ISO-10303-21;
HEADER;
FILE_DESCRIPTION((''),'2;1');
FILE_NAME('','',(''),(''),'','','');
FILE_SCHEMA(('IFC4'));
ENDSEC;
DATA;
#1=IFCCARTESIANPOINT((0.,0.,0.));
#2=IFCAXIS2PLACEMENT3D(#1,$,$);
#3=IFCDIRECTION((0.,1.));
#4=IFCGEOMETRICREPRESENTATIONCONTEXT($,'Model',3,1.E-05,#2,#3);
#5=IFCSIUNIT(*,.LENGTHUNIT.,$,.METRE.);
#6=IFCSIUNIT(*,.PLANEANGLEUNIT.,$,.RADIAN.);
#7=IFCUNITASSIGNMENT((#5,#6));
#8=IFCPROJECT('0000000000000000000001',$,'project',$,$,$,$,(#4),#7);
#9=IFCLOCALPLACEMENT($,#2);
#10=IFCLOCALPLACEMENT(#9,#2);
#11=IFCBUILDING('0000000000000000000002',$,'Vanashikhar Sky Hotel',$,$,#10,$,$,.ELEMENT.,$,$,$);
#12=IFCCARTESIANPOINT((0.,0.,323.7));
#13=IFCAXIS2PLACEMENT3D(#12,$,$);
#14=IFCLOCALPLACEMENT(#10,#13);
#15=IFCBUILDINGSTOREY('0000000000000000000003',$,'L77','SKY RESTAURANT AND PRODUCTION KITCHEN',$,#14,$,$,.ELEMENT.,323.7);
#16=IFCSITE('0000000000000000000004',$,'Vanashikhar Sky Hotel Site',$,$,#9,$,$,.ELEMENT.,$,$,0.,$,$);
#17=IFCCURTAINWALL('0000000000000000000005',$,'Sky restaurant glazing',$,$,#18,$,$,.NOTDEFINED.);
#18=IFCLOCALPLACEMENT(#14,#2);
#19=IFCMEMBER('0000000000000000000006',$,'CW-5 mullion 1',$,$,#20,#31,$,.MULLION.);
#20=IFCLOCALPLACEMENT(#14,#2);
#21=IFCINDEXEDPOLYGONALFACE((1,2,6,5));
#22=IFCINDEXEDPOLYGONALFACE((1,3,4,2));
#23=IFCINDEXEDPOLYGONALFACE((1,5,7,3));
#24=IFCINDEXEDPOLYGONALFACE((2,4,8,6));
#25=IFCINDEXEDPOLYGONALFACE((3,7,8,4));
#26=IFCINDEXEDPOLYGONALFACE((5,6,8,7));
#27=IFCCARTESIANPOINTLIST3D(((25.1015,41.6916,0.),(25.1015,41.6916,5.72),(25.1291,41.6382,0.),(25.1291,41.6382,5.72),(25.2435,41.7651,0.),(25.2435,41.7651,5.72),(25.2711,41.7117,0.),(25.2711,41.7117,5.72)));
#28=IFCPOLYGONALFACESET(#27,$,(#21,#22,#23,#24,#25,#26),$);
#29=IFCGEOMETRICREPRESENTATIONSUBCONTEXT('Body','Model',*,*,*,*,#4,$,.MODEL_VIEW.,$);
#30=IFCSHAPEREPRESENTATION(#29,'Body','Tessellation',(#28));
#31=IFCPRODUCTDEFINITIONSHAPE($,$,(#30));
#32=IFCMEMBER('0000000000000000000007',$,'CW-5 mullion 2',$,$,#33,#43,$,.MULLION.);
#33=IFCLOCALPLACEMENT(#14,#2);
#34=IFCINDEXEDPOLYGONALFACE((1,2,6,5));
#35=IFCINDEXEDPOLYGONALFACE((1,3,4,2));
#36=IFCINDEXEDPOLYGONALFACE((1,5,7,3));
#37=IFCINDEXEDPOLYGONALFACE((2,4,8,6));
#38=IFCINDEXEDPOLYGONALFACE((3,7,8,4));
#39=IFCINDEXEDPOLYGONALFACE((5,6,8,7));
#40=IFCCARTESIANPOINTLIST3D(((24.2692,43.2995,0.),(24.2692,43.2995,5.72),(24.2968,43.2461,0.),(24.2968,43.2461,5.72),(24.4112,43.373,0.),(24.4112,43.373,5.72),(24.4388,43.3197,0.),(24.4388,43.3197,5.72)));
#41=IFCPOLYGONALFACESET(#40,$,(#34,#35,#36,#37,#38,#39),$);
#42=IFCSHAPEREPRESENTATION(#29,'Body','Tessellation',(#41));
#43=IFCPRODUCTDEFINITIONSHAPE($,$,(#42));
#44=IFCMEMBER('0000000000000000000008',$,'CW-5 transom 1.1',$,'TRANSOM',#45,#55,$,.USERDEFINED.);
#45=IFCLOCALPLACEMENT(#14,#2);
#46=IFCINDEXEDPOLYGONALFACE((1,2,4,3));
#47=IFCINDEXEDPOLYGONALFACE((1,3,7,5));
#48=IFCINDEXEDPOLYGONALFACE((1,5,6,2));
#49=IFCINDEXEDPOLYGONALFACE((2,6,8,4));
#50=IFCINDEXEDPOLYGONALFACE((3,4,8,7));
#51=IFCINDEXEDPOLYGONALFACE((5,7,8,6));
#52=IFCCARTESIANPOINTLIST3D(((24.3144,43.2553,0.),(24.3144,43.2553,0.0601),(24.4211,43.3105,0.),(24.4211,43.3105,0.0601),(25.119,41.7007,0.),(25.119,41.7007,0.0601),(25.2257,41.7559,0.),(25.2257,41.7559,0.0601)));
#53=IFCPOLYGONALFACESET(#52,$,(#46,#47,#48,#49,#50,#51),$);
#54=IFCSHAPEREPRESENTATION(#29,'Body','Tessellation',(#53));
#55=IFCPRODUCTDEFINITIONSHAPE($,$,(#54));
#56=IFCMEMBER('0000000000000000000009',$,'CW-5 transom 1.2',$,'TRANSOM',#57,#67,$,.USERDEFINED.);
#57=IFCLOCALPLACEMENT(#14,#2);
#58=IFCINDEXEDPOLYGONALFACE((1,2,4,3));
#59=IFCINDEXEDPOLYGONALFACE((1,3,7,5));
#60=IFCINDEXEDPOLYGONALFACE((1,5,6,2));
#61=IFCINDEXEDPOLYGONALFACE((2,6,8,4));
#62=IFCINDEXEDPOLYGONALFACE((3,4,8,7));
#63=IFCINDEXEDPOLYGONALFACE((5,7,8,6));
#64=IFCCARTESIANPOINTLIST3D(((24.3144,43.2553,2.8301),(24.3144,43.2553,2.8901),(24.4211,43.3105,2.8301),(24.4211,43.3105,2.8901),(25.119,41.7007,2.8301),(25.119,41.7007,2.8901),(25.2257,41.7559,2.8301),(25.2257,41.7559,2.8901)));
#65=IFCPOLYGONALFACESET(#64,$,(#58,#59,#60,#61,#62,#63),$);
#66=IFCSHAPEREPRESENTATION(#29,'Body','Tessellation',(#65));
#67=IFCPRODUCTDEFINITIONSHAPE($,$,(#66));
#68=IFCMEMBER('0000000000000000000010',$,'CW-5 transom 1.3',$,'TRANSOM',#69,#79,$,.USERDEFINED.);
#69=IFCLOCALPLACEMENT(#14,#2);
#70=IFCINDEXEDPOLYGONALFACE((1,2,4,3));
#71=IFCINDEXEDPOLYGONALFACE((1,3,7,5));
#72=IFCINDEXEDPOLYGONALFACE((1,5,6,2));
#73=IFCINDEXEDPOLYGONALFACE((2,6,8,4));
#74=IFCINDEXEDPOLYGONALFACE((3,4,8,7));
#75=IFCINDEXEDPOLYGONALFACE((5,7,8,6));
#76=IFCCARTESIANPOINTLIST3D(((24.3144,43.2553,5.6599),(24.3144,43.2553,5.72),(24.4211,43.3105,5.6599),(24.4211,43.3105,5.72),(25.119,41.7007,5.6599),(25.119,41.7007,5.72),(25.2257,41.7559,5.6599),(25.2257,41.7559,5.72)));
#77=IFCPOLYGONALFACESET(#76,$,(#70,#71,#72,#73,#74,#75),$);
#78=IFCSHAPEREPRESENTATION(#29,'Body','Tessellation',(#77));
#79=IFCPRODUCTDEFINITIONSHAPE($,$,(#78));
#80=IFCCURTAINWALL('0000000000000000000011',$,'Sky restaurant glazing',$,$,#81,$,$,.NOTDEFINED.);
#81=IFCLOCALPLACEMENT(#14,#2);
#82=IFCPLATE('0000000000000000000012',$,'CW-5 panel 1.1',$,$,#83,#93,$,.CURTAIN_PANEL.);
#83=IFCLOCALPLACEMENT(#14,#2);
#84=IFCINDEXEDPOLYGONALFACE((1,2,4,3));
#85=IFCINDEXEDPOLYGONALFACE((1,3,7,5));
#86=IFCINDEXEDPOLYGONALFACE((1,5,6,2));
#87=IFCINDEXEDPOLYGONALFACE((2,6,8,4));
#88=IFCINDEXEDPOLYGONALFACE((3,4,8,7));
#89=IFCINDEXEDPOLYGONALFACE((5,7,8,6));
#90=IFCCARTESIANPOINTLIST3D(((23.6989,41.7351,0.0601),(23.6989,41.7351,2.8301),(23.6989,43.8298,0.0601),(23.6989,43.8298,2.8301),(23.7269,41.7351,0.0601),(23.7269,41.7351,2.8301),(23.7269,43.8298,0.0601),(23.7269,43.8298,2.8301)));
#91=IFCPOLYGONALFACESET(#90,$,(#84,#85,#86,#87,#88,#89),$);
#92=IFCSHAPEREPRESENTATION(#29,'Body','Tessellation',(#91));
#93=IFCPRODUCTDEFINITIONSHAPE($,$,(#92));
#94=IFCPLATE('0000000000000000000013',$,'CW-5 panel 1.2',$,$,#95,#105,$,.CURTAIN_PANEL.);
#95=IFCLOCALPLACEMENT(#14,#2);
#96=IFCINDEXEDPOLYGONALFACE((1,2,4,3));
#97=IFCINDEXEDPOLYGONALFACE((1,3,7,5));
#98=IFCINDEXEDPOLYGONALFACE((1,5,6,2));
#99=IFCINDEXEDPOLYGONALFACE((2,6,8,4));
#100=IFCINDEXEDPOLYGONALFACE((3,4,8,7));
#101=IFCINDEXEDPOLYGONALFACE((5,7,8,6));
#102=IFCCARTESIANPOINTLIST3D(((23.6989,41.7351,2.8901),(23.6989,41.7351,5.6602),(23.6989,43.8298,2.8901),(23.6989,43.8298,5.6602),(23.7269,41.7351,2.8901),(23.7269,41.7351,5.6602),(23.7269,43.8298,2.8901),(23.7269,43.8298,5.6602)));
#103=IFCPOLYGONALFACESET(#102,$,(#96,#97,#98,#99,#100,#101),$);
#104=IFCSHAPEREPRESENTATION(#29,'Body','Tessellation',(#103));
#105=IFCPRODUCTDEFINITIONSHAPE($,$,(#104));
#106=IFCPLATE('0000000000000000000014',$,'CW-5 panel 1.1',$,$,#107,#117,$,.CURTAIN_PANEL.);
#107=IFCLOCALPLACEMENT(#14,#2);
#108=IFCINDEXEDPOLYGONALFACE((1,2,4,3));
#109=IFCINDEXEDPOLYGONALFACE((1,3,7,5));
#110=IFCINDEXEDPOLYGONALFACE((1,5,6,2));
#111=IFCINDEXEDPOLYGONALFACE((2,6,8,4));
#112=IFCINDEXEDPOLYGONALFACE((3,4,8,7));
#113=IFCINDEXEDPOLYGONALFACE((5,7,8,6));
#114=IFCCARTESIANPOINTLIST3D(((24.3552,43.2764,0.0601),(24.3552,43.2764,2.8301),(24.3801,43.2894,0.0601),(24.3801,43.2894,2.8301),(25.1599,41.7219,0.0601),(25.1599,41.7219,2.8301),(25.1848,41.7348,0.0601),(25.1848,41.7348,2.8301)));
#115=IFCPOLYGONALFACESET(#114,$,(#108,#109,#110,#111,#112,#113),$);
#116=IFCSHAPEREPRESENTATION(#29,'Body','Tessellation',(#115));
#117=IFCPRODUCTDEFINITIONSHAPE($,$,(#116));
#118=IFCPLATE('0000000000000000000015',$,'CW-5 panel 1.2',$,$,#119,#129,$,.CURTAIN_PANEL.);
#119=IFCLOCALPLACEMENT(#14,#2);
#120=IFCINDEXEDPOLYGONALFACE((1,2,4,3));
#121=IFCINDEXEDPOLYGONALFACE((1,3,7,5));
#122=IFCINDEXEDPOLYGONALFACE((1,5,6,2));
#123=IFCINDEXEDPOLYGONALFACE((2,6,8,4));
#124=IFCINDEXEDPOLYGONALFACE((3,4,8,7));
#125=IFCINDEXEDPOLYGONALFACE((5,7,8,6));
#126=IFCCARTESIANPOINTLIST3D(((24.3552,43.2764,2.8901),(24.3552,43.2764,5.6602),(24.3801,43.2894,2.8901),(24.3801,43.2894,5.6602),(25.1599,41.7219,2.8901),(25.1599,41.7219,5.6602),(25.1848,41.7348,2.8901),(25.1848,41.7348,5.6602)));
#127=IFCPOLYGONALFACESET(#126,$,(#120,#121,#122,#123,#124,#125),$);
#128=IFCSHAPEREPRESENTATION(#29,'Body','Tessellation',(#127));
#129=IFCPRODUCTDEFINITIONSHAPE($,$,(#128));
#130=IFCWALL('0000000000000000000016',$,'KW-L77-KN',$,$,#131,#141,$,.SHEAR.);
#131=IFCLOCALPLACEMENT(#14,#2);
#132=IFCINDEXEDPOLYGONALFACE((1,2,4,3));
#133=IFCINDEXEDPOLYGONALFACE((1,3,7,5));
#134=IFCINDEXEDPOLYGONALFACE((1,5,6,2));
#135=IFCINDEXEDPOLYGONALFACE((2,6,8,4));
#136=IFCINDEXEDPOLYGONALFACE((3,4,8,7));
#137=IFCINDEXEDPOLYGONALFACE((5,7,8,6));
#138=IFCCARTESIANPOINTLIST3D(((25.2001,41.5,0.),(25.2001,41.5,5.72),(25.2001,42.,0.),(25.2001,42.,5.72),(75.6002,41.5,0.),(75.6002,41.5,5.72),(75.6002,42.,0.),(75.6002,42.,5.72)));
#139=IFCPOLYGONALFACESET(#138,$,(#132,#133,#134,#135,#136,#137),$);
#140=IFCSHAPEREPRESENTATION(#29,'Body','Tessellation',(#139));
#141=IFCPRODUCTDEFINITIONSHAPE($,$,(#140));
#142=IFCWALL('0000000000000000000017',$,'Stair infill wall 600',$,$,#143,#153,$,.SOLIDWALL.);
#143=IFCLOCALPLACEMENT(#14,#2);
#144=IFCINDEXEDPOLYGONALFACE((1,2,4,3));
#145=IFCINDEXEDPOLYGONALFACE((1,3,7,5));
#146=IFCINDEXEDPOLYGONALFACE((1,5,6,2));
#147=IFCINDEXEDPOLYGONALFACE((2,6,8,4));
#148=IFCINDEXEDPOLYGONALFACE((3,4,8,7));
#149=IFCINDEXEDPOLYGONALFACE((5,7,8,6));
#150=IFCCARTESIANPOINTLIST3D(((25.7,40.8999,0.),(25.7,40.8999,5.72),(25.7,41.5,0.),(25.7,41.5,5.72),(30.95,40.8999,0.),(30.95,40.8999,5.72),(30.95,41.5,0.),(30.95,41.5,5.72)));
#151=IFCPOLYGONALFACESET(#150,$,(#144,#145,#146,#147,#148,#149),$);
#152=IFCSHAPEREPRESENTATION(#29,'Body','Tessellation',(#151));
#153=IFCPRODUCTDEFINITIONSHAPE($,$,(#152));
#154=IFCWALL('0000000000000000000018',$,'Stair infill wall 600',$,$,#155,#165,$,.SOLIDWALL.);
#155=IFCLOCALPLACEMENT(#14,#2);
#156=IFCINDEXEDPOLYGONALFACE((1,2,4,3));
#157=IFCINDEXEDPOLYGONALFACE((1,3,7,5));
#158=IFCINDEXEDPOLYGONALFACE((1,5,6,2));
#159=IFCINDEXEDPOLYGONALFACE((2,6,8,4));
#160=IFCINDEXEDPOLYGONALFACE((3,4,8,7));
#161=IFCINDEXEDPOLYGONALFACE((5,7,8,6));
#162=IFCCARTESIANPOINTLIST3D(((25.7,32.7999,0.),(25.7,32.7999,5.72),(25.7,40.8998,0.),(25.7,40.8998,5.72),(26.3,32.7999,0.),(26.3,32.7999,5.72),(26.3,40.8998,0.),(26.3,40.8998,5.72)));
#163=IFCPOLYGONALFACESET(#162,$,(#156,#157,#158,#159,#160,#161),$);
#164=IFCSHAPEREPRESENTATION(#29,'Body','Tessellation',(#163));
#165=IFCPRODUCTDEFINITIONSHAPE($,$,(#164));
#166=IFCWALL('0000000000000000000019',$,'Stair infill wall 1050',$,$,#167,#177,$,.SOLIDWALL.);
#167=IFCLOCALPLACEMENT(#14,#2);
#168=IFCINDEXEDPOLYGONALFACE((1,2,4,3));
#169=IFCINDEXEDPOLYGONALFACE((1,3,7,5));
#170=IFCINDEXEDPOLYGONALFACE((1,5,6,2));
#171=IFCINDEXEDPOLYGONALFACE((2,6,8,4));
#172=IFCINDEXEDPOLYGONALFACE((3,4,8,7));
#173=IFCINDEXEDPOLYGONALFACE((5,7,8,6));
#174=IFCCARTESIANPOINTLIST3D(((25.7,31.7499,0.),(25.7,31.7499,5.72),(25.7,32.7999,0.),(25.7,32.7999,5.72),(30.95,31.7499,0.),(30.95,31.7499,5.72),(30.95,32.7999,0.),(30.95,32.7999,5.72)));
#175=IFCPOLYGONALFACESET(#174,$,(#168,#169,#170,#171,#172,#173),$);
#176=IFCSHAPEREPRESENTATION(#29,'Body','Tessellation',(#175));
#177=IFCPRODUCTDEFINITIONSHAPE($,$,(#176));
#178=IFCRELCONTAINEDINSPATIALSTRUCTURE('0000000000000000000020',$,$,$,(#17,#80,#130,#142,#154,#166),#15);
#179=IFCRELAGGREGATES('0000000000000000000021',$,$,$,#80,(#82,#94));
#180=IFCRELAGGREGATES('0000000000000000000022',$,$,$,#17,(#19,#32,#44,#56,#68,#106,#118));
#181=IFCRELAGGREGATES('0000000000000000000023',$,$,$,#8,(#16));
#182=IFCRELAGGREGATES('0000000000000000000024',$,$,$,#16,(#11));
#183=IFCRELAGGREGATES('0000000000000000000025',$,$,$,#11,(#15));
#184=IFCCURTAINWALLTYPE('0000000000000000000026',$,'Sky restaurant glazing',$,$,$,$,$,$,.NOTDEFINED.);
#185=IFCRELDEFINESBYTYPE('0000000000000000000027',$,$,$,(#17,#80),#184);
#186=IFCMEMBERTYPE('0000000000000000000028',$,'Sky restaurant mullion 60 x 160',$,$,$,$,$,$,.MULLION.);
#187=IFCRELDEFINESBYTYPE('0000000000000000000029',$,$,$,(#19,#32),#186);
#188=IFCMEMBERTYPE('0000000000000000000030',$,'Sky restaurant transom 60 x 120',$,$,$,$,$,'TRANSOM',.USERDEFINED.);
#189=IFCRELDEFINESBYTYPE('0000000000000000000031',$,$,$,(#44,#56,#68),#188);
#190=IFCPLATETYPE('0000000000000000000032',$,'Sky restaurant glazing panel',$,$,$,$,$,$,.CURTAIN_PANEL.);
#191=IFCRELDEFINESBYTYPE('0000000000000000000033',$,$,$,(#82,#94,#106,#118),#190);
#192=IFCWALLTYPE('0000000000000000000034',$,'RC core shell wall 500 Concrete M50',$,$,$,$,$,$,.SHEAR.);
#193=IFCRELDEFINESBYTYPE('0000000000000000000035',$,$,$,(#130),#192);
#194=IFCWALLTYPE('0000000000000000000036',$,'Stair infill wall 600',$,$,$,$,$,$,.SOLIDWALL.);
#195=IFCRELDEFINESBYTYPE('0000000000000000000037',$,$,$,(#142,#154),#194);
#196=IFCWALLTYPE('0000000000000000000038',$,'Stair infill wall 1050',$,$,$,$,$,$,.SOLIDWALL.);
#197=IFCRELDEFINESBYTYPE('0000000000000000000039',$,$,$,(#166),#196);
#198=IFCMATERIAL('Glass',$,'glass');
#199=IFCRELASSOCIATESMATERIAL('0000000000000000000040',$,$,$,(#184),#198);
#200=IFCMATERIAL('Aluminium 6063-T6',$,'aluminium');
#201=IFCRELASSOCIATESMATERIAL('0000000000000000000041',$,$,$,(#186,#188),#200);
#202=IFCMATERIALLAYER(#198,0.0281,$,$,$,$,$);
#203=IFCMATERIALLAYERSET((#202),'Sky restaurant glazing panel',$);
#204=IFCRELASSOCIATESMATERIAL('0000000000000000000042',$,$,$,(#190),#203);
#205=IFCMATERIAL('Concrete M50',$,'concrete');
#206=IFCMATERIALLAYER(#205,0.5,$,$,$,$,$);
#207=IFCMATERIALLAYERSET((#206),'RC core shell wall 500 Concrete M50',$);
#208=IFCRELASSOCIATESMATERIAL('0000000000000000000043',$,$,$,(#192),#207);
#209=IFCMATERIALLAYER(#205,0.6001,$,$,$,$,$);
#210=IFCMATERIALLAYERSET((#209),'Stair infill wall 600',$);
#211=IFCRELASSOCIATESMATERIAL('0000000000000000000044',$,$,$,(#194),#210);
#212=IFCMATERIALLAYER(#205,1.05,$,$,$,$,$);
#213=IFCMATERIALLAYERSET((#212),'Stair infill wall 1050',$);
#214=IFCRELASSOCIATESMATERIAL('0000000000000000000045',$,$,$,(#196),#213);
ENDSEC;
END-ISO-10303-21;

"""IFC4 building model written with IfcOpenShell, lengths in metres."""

from ifc_helpers import new_model, si_unit, direction, frame, frame_2d, origin, origin_2d, place, context, subcontext, project, spatial, rectangle, extrude, source, transform, mapped, material, layer, layer_set, material_profile, profile_set, type_object, element, aggregate, save


model = new_model("IFC4")

# Units and contexts
model_context = context("Model", 3, precision=1e-05, world=origin(), true_north=direction((0.0, 1.0)))
body_context = subcontext(model_context, "Body", "Model", "MODEL_VIEW")
ifc_project = project(units=[si_unit("LENGTHUNIT", "METRE"), si_unit("PLANEANGLEUNIT", "RADIAN")], contexts=[model_context])

# Site, building, storey
site_placement = place(None, origin())
site = spatial("IfcSite", under=ifc_project, at=site_placement, Name="Vanashikhar Sky Hotel Site", CompositionType="ELEMENT", RefElevation=0.0)
building_placement = place(site_placement, origin())
building = spatial("IfcBuilding", under=site, at=building_placement, Name="Vanashikhar Sky Hotel", CompositionType="ELEMENT")
storey_placement = place(building_placement, frame((0.0, 0.0, 323.7)))
storey = spatial("IfcBuildingStorey", under=building, at=storey_placement, Name="L77", Description="SKY RESTAURANT AND PRODUCTION KITCHEN", CompositionType="ELEMENT", Elevation=323.7)

# Curtain wall, members
ifc_material_1 = material(Name="Glass", Category="glass")
curtain_wall_type = type_object("IfcCurtainWallType", Name="Sky restaurant glazing", PredefinedType="NOTDEFINED", material=ifc_material_1)
curtain_wall_1_placement = place(storey_placement, origin())
curtain_wall_1 = element("IfcCurtainWall", 1, at=curtain_wall_1_placement, inside=storey, type_object=curtain_wall_type, Name="Sky restaurant glazing", PredefinedType="NOTDEFINED")
ifc_material_2 = material(Name="Aluminium 6063-T6", Category="aluminium")
ifc_material_profile_1 = material_profile(ifc_material_2, rectangle(XDim=0.1599, YDim=0.0601, at=origin_2d()))
ifc_profile_set_1 = profile_set([ifc_material_profile_1], Name="Aluminium 6063-T6")
member_type_1 = type_object("IfcMemberType", Name="Sky restaurant mullion 60 x 160", PredefinedType="MULLION", material=ifc_profile_set_1)
shared_shape_1 = source(origin(), body_context, "Body", "SweptSolid", [
    extrude(rectangle(XDim=0.1599, YDim=0.0601, at=origin_2d()), origin(), (0.0, 0.0, 1.0), 5.72),
])
member_1_placement = place(storey_placement, frame((25.1863, 41.7017, 0.0), z_axis=(0.0, 0.0, 1.0), x_axis=(-0.888074, -0.459701, 0.0)))
member_1 = element("IfcMember", 2, at=member_1_placement, type_object=member_type_1, Name="CW-5 mullion 1", PredefinedType="MULLION", context=body_context, shape_type="MappedRepresentation", body=[
    mapped(shared_shape_1, transform((0.0, 0.0, 0.0), scale=1.0)),
])
member_2_placement = place(storey_placement, frame((24.354, 43.3096, 0.0), z_axis=(0.0, 0.0, 1.0), x_axis=(-0.888074, -0.459701, 0.0)))
member_2 = element("IfcMember", 3, at=member_2_placement, type_object=member_type_1, Name="CW-5 mullion 2", PredefinedType="MULLION", context=body_context, shape_type="MappedRepresentation", body=[
    mapped(shared_shape_1, transform((0.0, 0.0, 0.0), scale=1.0)),
])
ifc_material_profile_2 = material_profile(ifc_material_2, rectangle(XDim=0.1201, YDim=0.0601, at=origin_2d()))
ifc_profile_set_2 = profile_set([ifc_material_profile_2], Name="Aluminium 6063-T6")
member_type_2 = type_object("IfcMemberType", Name="Sky restaurant transom 60 x 120", ElementType="TRANSOM", PredefinedType="USERDEFINED", material=ifc_profile_set_2)
shared_shape_2 = source(origin(), body_context, "Body", "SweptSolid", [
    extrude(rectangle(XDim=0.1201, YDim=0.0601, at=origin_2d()), origin(), (0.0, 0.0, 1.0), 1.7505),
])
member_3_placement = place(storey_placement, frame((25.1724, 41.7283, 0.03), z_axis=(-0.459666, 0.888092, 0.0), x_axis=(-0.888092, -0.459666, 0.0)))
member_3 = element("IfcMember", 4, at=member_3_placement, type_object=member_type_2, Name="CW-5 transom 1.1", ObjectType="TRANSOM", PredefinedType="USERDEFINED", context=body_context, shape_type="MappedRepresentation", body=[
    mapped(shared_shape_2, transform((0.0, 0.0, 0.0), scale=1.0)),
])
member_4_placement = place(storey_placement, frame((25.1724, 41.7283, 2.8601), z_axis=(-0.459666, 0.888092, 0.0), x_axis=(-0.888092, -0.459666, 0.0)))
member_4 = element("IfcMember", 5, at=member_4_placement, type_object=member_type_2, Name="CW-5 transom 1.2", ObjectType="TRANSOM", PredefinedType="USERDEFINED", context=body_context, shape_type="MappedRepresentation", body=[
    mapped(shared_shape_2, transform((0.0, 0.0, 0.0), scale=1.0)),
])
member_5_placement = place(storey_placement, frame((25.1724, 41.7283, 5.6899), z_axis=(-0.459666, 0.888092, 0.0), x_axis=(-0.888092, -0.459666, 0.0)))
member_5 = element("IfcMember", 6, at=member_5_placement, type_object=member_type_2, Name="CW-5 transom 1.3", ObjectType="TRANSOM", PredefinedType="USERDEFINED", context=body_context, shape_type="MappedRepresentation", body=[
    mapped(shared_shape_2, transform((0.0, 0.0, 0.0), scale=1.0)),
])

# Curtain wall, plates
curtain_wall_2_placement = place(storey_placement, origin())
curtain_wall_2 = element("IfcCurtainWall", 7, at=curtain_wall_2_placement, inside=storey, type_object=curtain_wall_type, Name="Sky restaurant glazing", PredefinedType="NOTDEFINED")
ifc_layer_1 = layer(ifc_material_1, 0.0281)
ifc_layer_set_1 = layer_set([ifc_layer_1], Name="Sky restaurant glazing panel")
plate_type = type_object("IfcPlateType", Name="Sky restaurant glazing panel", PredefinedType="CURTAIN_PANEL", material=ifc_layer_set_1)
shared_shape_3 = source(origin(), body_context, "Body", "SweptSolid", [
    extrude(rectangle(XDim=2.0947, YDim=0.0281, at=origin_2d()), origin(), (0.0, 0.0, 1.0), 2.77),
])
plate_1_placement = place(storey_placement, frame((23.7129, 42.7825, 0.0601), z_axis=(0.0, 0.0, 1.0), x_axis=(0.0, -1.0, 0.0)))
plate_1 = element("IfcPlate", 8, at=plate_1_placement, type_object=plate_type, Name="CW-5 panel 1.1", PredefinedType="CURTAIN_PANEL", context=body_context, shape_type="MappedRepresentation", body=[
    mapped(shared_shape_3, transform((0.0, 0.0, 0.0), scale=1.0)),
])
plate_2_placement = place(storey_placement, frame((23.7129, 42.7825, 2.8901), z_axis=(0.0, 0.0, 1.0), x_axis=(0.0, -1.0, 0.0)))
plate_2 = element("IfcPlate", 9, at=plate_2_placement, type_object=plate_type, Name="CW-5 panel 1.2", PredefinedType="CURTAIN_PANEL", context=body_context, shape_type="MappedRepresentation", body=[
    mapped(shared_shape_3, transform((0.0, 0.0, 0.0), scale=1.0)),
])
aggregate(curtain_wall_2, [plate_1, plate_2])

# Plates
shared_shape_4 = source(origin(), body_context, "Body", "SweptSolid", [
    extrude(rectangle(XDim=1.7505, YDim=0.0281, at=origin_2d()), origin(), (0.0, 0.0, 1.0), 2.77),
])
plate_3_placement = place(storey_placement, frame((24.77, 42.5056, 0.0601), z_axis=(0.0, 0.0, 1.0), x_axis=(-0.459701, 0.888074, 0.0)))
plate_3 = element("IfcPlate", 10, at=plate_3_placement, type_object=plate_type, Name="CW-5 panel 1.1", PredefinedType="CURTAIN_PANEL", context=body_context, shape_type="MappedRepresentation", body=[
    mapped(shared_shape_4, transform((0.0, 0.0, 0.0), scale=1.0)),
])
plate_4_placement = place(storey_placement, frame((24.77, 42.5056, 2.8901), z_axis=(0.0, 0.0, 1.0), x_axis=(-0.459701, 0.888074, 0.0)))
plate_4 = element("IfcPlate", 11, at=plate_4_placement, type_object=plate_type, Name="CW-5 panel 1.2", PredefinedType="CURTAIN_PANEL", context=body_context, shape_type="MappedRepresentation", body=[
    mapped(shared_shape_4, transform((0.0, 0.0, 0.0), scale=1.0)),
])
aggregate(curtain_wall_1, [member_1, member_2, member_3, member_4, member_5, plate_3, plate_4])

# Walls
ifc_material_3 = material(Name="Concrete M50", Category="concrete")
ifc_layer_2 = layer(ifc_material_3, 0.5)
ifc_layer_set_2 = layer_set([ifc_layer_2], Name="RC core shell wall 500 Concrete M50")
wall_type_1 = type_object("IfcWallType", Name="RC core shell wall 500 Concrete M50", PredefinedType="SHEAR", material=ifc_layer_set_2)
shared_shape_5 = source(origin(), body_context, "Body", "SweptSolid", [
    extrude(rectangle(XDim=50.4001, YDim=0.5, at=frame_2d((25.2002, 0.0))), origin(), (0.0, 0.0, 1.0), 5.72),
])
wall_1_placement = place(storey_placement, frame((25.2, 41.75, 0.0), z_axis=(0.0, 0.0, 1.0), x_axis=(1.0, 0.0, 0.0)))
element("IfcWall", 12, at=wall_1_placement, inside=storey, type_object=wall_type_1, Name="KW-L77-KN", PredefinedType="SHEAR", context=body_context, shape_type="MappedRepresentation", body=[
    mapped(shared_shape_5, transform((0.0, 0.0, 0.0), scale=1.0)),
])
ifc_layer_3 = layer(ifc_material_3, 0.6001)
ifc_layer_set_3 = layer_set([ifc_layer_3], Name="Stair infill wall 600")
wall_type_2 = type_object("IfcWallType", Name="Stair infill wall 600", PredefinedType="SOLIDWALL", material=ifc_layer_set_3)
shared_shape_6 = source(origin(), body_context, "Body", "SweptSolid", [
    extrude(rectangle(XDim=5.25, YDim=0.6001, at=frame_2d((2.625, 0.0))), origin(), (0.0, 0.0, 1.0), 5.72),
])
wall_2_placement = place(storey_placement, frame((25.7, 41.2, 0.0), z_axis=(0.0, 0.0, 1.0), x_axis=(1.0, 0.0, 0.0)))
element("IfcWall", 13, at=wall_2_placement, inside=storey, type_object=wall_type_2, Name="Stair infill wall 600", PredefinedType="SOLIDWALL", context=body_context, shape_type="MappedRepresentation", body=[
    mapped(shared_shape_6, transform((0.0, 0.0, 0.0), scale=1.0)),
])
shared_shape_7 = source(origin(), body_context, "Body", "SweptSolid", [
    extrude(rectangle(XDim=8.0999, YDim=0.6001, at=frame_2d((4.0498, 0.0))), origin(), (0.0, 0.0, 1.0), 5.72),
])
wall_3_placement = place(storey_placement, frame((26.0, 32.8, 0.0), z_axis=(0.0, 0.0, 1.0), x_axis=(0.0, 1.0, 0.0)))
element("IfcWall", 14, at=wall_3_placement, inside=storey, type_object=wall_type_2, Name="Stair infill wall 600", PredefinedType="SOLIDWALL", context=body_context, shape_type="MappedRepresentation", body=[
    mapped(shared_shape_7, transform((0.0, 0.0, 0.0), scale=1.0)),
])
ifc_layer_4 = layer(ifc_material_3, 1.05)
ifc_layer_set_4 = layer_set([ifc_layer_4], Name="Stair infill wall 1050")
wall_type_3 = type_object("IfcWallType", Name="Stair infill wall 1050", PredefinedType="SOLIDWALL", material=ifc_layer_set_4)
shared_shape_8 = source(origin(), body_context, "Body", "SweptSolid", [
    extrude(rectangle(XDim=5.25, YDim=1.05, at=frame_2d((2.625, 0.0))), origin(), (0.0, 0.0, 1.0), 5.72),
])
wall_4_placement = place(storey_placement, frame((25.7, 32.2749, 0.0), z_axis=(0.0, 0.0, 1.0), x_axis=(1.0, 0.0, 0.0)))
element("IfcWall", 15, at=wall_4_placement, inside=storey, type_object=wall_type_3, Name="Stair infill wall 1050", PredefinedType="SOLIDWALL", context=body_context, shape_type="MappedRepresentation", body=[
    mapped(shared_shape_8, transform((0.0, 0.0, 0.0), scale=1.0)),
])

save(model, "model.ifc")
